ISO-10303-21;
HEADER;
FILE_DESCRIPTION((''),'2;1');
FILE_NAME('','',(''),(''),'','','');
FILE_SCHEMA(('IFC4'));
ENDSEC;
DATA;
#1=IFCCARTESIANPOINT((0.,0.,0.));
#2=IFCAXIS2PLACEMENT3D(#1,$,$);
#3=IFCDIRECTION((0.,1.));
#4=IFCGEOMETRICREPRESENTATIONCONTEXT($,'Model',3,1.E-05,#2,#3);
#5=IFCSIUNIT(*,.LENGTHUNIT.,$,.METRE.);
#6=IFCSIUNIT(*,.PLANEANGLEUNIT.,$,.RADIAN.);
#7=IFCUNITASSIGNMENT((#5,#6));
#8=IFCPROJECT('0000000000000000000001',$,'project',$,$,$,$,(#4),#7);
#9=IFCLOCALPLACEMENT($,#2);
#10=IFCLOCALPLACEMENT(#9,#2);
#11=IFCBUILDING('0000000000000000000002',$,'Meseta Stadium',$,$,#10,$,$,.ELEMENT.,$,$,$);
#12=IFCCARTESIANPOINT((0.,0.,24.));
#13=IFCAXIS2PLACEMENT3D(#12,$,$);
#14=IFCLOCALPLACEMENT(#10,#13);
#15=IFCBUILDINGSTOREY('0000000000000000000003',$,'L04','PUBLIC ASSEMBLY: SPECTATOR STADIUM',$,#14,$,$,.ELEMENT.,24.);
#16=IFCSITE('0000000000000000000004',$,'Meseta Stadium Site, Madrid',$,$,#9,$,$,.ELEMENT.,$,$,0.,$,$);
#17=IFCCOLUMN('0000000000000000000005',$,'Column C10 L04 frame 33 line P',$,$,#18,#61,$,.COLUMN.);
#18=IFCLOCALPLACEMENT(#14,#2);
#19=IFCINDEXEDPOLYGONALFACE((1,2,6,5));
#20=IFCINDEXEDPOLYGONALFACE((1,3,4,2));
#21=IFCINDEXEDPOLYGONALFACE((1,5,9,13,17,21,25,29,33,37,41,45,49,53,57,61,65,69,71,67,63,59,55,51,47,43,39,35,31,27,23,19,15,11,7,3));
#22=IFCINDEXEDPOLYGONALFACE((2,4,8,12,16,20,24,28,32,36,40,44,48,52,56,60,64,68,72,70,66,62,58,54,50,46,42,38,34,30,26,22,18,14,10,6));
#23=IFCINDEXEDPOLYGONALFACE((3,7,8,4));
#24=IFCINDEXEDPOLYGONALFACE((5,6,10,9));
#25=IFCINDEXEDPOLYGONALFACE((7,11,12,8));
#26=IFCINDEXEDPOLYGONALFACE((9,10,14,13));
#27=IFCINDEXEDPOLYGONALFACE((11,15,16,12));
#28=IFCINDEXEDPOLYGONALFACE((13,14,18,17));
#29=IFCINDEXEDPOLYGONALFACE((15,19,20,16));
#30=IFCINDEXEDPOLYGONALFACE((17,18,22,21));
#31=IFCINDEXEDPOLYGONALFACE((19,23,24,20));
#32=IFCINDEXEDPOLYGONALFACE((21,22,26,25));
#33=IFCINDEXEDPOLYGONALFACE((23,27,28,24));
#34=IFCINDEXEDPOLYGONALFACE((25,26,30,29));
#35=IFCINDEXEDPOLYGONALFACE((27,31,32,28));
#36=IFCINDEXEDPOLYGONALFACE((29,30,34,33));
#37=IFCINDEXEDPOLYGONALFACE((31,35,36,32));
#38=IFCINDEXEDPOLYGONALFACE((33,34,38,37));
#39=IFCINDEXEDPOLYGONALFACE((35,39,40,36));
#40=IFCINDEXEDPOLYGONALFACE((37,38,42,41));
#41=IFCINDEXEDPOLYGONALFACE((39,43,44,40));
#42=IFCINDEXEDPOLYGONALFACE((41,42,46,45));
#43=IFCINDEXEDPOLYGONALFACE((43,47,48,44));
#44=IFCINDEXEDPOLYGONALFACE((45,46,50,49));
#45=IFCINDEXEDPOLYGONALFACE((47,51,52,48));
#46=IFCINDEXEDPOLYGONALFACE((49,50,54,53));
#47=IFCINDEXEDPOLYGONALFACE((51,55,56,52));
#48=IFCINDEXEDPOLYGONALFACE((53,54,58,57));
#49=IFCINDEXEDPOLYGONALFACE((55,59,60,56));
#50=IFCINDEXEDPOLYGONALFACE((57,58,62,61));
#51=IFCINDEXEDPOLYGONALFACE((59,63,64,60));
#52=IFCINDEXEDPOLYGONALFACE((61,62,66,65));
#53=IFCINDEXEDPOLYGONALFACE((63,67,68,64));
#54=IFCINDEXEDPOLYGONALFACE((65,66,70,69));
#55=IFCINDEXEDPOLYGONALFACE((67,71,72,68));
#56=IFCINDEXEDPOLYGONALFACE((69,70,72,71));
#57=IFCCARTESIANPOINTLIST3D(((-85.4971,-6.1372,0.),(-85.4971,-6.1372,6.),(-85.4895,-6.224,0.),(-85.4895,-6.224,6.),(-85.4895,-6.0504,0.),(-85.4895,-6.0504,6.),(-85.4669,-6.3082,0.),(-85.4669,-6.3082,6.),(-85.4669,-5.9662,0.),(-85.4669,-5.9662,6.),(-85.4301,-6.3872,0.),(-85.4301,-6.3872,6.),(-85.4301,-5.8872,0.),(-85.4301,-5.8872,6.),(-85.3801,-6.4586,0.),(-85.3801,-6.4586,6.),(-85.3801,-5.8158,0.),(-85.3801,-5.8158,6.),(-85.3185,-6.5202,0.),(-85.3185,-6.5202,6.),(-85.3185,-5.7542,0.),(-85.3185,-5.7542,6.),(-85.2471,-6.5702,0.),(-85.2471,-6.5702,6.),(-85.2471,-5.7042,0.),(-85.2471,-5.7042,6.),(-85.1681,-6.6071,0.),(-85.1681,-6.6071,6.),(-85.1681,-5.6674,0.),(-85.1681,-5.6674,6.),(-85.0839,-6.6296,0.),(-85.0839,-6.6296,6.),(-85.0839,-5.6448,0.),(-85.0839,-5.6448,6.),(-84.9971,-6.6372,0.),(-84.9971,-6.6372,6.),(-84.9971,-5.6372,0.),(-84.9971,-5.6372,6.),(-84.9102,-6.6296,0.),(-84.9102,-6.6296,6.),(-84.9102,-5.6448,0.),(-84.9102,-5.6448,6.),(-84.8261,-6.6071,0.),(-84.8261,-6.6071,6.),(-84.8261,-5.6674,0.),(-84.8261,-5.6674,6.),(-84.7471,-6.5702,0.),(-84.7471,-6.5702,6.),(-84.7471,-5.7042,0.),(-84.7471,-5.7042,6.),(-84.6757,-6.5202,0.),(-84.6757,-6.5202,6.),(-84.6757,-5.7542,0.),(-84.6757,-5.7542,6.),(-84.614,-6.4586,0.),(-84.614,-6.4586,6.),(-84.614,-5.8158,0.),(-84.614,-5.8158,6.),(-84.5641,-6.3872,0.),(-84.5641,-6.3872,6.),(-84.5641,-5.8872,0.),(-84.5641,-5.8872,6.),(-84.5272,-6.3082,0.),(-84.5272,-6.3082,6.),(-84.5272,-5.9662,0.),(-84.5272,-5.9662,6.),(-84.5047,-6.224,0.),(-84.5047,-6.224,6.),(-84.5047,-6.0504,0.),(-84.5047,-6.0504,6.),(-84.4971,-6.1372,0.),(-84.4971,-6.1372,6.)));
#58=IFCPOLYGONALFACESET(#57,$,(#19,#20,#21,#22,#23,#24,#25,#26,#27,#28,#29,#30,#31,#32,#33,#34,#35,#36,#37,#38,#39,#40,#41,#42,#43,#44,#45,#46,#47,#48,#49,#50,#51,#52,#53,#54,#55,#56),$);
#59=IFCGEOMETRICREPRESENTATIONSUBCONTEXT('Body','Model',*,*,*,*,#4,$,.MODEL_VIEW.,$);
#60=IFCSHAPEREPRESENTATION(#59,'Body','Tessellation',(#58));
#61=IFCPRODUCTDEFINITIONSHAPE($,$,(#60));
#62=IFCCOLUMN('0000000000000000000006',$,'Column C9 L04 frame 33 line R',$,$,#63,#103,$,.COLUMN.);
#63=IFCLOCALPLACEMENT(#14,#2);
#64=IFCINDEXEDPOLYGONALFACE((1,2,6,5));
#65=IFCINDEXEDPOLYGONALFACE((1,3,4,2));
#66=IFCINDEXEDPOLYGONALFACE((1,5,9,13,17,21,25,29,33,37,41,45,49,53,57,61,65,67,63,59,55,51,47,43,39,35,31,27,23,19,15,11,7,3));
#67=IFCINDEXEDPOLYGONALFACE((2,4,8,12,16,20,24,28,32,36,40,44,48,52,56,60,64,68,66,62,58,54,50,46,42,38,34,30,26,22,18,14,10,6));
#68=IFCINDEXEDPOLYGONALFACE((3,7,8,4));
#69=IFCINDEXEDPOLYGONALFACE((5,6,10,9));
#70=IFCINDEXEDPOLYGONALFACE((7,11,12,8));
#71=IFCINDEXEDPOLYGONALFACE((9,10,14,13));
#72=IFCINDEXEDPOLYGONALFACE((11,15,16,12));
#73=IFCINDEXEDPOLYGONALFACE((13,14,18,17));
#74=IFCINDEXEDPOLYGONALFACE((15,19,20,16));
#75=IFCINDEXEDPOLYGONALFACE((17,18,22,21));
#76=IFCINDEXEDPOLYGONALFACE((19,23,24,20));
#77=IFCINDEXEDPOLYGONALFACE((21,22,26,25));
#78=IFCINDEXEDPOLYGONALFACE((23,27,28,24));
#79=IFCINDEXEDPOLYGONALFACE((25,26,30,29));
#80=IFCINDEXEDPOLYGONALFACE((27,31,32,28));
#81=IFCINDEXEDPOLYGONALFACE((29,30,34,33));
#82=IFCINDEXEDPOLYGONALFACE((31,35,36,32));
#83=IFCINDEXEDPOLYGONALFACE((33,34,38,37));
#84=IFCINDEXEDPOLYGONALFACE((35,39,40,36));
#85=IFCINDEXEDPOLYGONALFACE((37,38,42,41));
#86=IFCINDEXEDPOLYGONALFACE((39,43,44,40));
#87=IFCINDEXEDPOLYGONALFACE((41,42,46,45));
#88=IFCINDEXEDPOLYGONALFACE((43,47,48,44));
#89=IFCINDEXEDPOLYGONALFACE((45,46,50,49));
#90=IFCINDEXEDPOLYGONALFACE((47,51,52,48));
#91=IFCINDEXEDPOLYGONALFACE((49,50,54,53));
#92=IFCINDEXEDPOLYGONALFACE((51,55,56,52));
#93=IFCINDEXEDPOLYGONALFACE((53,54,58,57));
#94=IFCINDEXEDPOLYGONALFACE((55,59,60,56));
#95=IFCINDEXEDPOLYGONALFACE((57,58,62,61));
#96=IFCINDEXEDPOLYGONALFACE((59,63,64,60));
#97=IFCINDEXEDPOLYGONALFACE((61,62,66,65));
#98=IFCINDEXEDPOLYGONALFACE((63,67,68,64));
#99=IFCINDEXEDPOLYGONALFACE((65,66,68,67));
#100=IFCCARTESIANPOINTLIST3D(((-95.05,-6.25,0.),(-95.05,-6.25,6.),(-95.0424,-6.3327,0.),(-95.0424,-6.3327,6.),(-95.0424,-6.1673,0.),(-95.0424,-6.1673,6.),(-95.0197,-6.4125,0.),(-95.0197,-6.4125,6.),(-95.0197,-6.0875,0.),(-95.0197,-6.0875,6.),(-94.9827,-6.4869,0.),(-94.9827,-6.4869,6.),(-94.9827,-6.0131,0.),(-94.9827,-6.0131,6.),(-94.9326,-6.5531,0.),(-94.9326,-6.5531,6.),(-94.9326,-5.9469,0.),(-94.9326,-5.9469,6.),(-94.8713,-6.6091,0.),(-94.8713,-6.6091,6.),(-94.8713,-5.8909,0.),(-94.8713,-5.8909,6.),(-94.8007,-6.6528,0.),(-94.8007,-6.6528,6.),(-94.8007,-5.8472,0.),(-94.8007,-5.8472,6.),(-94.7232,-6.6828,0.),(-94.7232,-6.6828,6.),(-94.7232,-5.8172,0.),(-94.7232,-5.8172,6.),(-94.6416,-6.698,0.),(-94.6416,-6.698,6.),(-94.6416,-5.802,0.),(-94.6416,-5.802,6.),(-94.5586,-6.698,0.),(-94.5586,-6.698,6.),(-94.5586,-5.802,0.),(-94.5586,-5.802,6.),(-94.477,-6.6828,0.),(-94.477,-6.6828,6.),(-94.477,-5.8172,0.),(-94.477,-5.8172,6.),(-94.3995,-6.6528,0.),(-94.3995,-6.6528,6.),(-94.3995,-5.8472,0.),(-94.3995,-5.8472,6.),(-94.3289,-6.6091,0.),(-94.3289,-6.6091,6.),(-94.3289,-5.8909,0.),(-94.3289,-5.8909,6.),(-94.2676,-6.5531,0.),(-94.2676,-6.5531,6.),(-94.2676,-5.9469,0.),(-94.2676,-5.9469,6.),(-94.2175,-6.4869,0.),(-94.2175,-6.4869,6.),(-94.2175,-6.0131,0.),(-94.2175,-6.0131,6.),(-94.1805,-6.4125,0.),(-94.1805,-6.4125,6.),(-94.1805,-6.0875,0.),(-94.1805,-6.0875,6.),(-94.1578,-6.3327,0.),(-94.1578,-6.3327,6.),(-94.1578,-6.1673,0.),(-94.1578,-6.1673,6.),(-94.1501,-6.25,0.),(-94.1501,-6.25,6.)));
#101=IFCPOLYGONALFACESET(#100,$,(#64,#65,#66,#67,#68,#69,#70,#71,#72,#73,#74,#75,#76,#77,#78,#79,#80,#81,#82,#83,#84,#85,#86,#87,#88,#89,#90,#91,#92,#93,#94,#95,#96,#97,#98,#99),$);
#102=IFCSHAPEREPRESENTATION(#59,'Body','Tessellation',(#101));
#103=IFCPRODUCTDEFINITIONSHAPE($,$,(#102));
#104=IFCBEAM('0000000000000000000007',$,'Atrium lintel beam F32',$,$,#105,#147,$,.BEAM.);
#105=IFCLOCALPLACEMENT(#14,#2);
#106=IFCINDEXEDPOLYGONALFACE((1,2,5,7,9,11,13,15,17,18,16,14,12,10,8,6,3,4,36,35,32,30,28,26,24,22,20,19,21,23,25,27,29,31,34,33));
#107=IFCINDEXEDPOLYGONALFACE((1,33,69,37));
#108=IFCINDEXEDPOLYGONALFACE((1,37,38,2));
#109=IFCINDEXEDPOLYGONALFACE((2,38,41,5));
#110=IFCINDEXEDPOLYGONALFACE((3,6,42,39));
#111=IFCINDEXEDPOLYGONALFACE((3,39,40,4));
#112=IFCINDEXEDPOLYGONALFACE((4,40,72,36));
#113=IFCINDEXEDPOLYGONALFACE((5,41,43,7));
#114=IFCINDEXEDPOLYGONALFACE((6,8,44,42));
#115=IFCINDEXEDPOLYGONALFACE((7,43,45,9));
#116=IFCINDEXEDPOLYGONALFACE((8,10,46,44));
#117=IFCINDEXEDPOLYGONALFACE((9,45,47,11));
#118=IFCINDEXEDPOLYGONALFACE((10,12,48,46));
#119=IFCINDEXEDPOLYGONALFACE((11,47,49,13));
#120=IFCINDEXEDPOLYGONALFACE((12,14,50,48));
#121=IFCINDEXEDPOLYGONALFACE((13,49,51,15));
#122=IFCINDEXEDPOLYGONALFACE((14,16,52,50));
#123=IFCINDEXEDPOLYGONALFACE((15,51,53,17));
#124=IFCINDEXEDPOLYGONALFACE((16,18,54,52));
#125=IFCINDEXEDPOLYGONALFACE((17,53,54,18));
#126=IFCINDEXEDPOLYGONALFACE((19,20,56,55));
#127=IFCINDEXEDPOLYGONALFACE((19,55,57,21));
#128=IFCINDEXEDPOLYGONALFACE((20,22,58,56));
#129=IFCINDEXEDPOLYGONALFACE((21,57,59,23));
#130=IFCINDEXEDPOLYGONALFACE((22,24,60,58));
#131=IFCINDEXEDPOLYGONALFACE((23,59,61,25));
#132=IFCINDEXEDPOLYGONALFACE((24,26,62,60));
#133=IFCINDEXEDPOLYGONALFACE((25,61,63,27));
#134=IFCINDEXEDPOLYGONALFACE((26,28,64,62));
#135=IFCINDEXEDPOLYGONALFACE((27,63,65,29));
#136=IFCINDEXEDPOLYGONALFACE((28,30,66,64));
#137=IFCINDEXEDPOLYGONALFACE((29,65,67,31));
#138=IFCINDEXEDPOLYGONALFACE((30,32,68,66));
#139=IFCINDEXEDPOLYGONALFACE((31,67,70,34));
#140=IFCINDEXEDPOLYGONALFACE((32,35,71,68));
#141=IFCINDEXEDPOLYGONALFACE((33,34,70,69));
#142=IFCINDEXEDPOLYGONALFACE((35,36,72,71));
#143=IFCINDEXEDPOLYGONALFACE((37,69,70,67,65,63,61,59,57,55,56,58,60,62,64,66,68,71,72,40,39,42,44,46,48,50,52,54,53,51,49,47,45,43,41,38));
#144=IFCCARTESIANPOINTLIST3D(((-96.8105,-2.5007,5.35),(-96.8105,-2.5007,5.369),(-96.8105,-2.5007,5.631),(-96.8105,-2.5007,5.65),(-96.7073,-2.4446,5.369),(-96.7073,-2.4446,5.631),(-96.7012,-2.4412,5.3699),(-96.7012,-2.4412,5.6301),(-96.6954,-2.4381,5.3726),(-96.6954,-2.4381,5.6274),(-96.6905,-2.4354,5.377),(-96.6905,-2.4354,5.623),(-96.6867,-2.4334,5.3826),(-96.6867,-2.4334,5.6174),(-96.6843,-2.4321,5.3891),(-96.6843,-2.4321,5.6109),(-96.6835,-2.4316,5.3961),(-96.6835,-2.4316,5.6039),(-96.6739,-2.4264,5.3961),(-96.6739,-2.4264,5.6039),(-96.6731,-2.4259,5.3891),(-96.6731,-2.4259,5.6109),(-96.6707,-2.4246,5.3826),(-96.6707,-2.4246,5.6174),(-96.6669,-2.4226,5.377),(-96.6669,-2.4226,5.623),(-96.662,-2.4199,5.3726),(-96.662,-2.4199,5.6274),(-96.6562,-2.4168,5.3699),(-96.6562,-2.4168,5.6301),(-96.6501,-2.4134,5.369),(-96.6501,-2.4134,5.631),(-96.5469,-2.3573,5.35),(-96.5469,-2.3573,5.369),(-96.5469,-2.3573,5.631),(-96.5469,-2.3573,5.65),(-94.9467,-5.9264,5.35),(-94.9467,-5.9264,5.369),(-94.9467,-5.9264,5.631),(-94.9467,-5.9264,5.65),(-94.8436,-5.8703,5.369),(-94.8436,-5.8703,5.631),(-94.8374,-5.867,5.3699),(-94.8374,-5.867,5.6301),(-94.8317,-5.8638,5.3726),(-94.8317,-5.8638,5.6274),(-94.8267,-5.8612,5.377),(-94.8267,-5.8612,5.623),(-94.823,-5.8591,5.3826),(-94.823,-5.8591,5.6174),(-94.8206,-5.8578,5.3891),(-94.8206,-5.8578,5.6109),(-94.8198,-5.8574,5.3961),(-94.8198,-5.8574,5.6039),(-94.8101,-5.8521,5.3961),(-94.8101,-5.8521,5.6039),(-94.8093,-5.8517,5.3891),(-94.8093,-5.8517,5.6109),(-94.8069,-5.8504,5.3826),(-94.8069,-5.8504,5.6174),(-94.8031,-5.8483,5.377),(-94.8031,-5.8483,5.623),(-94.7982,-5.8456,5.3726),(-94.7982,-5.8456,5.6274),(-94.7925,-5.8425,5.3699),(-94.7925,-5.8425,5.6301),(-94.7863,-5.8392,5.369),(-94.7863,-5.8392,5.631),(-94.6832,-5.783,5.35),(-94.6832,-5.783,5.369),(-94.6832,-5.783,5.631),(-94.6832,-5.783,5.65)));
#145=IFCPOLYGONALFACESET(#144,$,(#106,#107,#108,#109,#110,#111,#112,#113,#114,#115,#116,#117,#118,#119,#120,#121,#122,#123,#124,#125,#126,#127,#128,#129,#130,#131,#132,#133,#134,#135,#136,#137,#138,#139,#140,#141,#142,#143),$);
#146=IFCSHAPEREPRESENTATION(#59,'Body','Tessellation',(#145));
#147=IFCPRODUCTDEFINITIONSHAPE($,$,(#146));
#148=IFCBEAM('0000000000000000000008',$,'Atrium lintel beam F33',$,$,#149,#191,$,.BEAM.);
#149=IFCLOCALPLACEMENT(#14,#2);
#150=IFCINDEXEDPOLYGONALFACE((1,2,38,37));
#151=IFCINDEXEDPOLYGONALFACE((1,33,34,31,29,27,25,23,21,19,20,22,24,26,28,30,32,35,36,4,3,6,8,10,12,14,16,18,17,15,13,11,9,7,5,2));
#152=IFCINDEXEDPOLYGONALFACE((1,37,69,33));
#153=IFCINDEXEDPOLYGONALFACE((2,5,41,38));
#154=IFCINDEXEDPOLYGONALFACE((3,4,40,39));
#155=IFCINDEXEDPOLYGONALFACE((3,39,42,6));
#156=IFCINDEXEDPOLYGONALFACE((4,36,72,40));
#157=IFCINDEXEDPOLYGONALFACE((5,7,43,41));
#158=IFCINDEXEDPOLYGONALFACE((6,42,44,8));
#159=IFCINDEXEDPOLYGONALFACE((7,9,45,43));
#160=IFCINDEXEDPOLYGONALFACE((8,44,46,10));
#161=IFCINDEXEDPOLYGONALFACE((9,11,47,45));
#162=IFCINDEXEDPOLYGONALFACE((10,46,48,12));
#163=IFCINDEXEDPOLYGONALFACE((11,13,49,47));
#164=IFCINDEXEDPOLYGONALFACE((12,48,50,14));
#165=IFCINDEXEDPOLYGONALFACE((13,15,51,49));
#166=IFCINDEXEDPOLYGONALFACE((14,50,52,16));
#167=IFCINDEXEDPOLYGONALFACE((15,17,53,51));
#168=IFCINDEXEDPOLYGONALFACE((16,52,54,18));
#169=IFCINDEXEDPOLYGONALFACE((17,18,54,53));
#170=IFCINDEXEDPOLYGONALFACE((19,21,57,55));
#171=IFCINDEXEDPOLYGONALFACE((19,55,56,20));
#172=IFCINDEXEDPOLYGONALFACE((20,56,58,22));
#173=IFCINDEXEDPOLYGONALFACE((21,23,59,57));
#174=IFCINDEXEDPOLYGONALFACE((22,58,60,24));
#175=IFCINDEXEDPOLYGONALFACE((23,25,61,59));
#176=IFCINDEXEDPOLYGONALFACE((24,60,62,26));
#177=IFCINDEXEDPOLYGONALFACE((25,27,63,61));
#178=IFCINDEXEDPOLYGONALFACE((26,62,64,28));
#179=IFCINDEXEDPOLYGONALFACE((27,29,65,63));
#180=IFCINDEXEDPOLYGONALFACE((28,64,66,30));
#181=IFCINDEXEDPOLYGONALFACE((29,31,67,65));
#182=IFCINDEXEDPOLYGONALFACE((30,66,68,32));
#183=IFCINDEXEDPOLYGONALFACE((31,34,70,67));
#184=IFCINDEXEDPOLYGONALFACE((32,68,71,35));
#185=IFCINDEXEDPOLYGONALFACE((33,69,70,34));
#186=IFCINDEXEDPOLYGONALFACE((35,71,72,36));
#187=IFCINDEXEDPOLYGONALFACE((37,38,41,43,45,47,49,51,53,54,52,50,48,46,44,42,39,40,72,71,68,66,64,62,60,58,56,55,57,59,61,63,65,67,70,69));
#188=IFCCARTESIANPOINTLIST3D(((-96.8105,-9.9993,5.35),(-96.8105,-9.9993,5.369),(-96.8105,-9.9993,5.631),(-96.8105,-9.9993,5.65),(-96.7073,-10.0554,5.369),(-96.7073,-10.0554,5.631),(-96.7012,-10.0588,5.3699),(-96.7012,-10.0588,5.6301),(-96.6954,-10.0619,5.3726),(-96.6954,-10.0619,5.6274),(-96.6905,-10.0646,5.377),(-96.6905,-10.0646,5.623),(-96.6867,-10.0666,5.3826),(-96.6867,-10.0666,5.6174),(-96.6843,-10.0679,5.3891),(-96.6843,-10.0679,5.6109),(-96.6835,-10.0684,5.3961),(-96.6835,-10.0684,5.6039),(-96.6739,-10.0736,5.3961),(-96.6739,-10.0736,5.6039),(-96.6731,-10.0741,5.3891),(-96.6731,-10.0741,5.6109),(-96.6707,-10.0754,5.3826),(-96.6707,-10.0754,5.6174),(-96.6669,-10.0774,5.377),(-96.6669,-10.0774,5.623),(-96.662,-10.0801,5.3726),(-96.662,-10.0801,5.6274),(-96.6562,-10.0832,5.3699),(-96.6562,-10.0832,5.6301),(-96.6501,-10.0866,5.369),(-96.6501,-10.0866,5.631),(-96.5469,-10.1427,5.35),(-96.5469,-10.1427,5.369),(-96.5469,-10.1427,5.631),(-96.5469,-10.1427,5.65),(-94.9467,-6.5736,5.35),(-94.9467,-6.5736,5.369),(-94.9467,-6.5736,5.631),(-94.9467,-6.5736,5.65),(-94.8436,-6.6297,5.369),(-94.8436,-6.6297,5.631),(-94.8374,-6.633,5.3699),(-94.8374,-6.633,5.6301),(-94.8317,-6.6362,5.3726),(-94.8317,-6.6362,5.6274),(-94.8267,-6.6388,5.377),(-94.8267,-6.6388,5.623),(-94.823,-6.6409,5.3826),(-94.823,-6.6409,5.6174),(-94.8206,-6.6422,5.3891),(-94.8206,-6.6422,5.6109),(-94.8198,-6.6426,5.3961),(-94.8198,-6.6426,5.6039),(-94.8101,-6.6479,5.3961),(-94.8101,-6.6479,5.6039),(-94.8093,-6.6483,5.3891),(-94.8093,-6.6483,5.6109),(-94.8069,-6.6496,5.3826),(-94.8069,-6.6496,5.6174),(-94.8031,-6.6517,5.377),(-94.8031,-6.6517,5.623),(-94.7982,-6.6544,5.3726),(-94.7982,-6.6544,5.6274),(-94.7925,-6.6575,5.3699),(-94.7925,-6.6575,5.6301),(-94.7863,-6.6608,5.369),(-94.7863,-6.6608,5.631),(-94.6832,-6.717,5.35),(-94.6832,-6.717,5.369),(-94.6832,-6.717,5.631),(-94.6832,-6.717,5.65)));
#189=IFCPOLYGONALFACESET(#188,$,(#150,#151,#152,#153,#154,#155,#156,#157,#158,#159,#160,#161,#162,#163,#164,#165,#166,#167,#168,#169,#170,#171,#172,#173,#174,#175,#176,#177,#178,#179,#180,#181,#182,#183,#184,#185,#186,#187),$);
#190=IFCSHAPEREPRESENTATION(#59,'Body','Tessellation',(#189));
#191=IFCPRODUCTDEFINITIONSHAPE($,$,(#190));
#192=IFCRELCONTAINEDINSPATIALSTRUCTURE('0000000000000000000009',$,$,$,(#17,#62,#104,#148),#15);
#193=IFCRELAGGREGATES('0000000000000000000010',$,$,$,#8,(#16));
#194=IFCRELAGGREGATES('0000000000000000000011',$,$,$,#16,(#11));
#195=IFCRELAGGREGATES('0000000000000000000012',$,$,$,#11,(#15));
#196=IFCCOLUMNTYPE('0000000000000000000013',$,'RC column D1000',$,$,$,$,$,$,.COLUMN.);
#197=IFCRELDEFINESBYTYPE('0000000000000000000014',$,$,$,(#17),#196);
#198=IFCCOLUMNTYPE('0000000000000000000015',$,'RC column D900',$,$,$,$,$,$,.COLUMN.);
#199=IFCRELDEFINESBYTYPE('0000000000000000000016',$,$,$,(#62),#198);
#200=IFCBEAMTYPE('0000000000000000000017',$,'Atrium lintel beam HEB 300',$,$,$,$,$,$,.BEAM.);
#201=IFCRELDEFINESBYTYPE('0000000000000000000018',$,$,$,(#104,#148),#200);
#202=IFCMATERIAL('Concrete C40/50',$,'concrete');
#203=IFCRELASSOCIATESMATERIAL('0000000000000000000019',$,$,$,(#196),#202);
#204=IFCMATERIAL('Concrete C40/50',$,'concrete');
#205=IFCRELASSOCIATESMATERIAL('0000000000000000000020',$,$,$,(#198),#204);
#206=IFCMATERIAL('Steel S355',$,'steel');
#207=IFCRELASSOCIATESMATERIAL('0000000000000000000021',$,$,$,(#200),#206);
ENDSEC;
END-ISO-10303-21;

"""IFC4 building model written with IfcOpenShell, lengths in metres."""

from ifc_helpers import new_model, si_unit, direction, frame, origin, origin_2d, place, context, subcontext, project, spatial, circle, i_section, extrude, material, material_profile, profile_set, type_object, element, save


model = new_model("IFC4")

# Units and contexts
model_context = context("Model", 3, precision=1e-05, world=origin(), true_north=direction((0.0, 1.0)))
body_context = subcontext(model_context, "Body", "Model", "MODEL_VIEW")
ifc_project = project(units=[si_unit("LENGTHUNIT", "METRE"), si_unit("PLANEANGLEUNIT", "RADIAN")], contexts=[model_context])

# Site, building, storey
site_placement = place(None, origin())
site = spatial("IfcSite", under=ifc_project, at=site_placement, Name="Meseta Stadium Site, Madrid", CompositionType="ELEMENT", RefElevation=0.0)
building_placement = place(site_placement, origin())
building = spatial("IfcBuilding", under=site, at=building_placement, Name="Meseta Stadium", CompositionType="ELEMENT")
storey_placement = place(building_placement, frame((0.0, 0.0, 24.0)))
storey = spatial("IfcBuildingStorey", under=building, at=storey_placement, Name="L04", Description="PUBLIC ASSEMBLY: SPECTATOR STADIUM", CompositionType="ELEMENT", Elevation=24.0)

# Columns
ifc_material_1 = material(Name="Concrete C40/50", Category="concrete")
ifc_material_profile_1 = material_profile(ifc_material_1, circle(Radius=0.5, at=origin_2d()), Name="RC D1000")
ifc_profile_set_1 = profile_set([ifc_material_profile_1], Name="Concrete C40/50")
column_type_1 = type_object("IfcColumnType", Name="RC column D1000", PredefinedType="COLUMN", material=ifc_profile_set_1)
column_1_placement = place(storey_placement, frame((-84.9971, -6.1372, 0.0), z_axis=(0.0, 0.0, 1.0), x_axis=(1.0, 0.0, 0.0)))
element("IfcColumn", 1, at=column_1_placement, inside=storey, type_object=column_type_1, Name="Column C10 L04 frame 33 line P", PredefinedType="COLUMN", context=body_context, shape_type="SweptSolid", body=[
    extrude(circle(Radius=0.5, at=origin_2d()), origin(), (0.0, 0.0, 1.0), 6.0),
])
ifc_material_2 = material(Name="Concrete C40/50", Category="concrete")
ifc_material_profile_2 = material_profile(ifc_material_2, circle(Radius=0.45, at=origin_2d()), Name="RC D900")
ifc_profile_set_2 = profile_set([ifc_material_profile_2], Name="Concrete C40/50")
column_type_2 = type_object("IfcColumnType", Name="RC column D900", PredefinedType="COLUMN", material=ifc_profile_set_2)
column_2_placement = place(storey_placement, frame((-94.6001, -6.25, 0.0), z_axis=(0.0, 0.0, 1.0), x_axis=(1.0, 0.0, 0.0)))
element("IfcColumn", 2, at=column_2_placement, inside=storey, type_object=column_type_2, Name="Column C9 L04 frame 33 line R", PredefinedType="COLUMN", context=body_context, shape_type="SweptSolid", body=[
    extrude(circle(Radius=0.45, at=origin_2d()), origin(), (0.0, 0.0, 1.0), 6.0),
])

# Beams
ifc_material_3 = material(Name="Steel S355", Category="steel")
ifc_material_profile_3 = material_profile(ifc_material_3, i_section(OverallWidth=0.3, OverallDepth=0.3, WebThickness=0.011, FlangeThickness=0.019, FilletRadius=0.0271, at=origin_2d()), Name="HEB 300")
ifc_profile_set_3 = profile_set([ifc_material_profile_3], Name="Steel S355")
beam_type_1 = type_object("IfcBeamType", Name="Atrium lintel beam HEB 300", PredefinedType="BEAM", material=ifc_profile_set_3)
for number, where, z_axis, x_axis, name in (
    (3, (-94.8149, -5.8547, 5.5), (-0.477896, 0.878417, 0.0), (-0.878417, -0.477896, 0.0), "Atrium lintel beam F32"),
    (4, (-94.8149, -6.6453, 5.5), (-0.477896, -0.878417, 0.0), (0.878417, -0.477896, 0.0), "Atrium lintel beam F33"),
):
    element("IfcBeam", number, at=place(storey_placement, frame(where, z_axis=z_axis, x_axis=x_axis)), inside=storey, type_object=beam_type_1, Name=name, PredefinedType="BEAM", context=body_context, shape_type="SweptSolid", body=[
        extrude(i_section(OverallWidth=0.3, OverallDepth=0.3, WebThickness=0.011, FlangeThickness=0.019, FilletRadius=0.0271, at=origin_2d()), origin(), (0.0, 0.0, 1.0), 3.8999),
    ])

save(model, "model.ifc")
